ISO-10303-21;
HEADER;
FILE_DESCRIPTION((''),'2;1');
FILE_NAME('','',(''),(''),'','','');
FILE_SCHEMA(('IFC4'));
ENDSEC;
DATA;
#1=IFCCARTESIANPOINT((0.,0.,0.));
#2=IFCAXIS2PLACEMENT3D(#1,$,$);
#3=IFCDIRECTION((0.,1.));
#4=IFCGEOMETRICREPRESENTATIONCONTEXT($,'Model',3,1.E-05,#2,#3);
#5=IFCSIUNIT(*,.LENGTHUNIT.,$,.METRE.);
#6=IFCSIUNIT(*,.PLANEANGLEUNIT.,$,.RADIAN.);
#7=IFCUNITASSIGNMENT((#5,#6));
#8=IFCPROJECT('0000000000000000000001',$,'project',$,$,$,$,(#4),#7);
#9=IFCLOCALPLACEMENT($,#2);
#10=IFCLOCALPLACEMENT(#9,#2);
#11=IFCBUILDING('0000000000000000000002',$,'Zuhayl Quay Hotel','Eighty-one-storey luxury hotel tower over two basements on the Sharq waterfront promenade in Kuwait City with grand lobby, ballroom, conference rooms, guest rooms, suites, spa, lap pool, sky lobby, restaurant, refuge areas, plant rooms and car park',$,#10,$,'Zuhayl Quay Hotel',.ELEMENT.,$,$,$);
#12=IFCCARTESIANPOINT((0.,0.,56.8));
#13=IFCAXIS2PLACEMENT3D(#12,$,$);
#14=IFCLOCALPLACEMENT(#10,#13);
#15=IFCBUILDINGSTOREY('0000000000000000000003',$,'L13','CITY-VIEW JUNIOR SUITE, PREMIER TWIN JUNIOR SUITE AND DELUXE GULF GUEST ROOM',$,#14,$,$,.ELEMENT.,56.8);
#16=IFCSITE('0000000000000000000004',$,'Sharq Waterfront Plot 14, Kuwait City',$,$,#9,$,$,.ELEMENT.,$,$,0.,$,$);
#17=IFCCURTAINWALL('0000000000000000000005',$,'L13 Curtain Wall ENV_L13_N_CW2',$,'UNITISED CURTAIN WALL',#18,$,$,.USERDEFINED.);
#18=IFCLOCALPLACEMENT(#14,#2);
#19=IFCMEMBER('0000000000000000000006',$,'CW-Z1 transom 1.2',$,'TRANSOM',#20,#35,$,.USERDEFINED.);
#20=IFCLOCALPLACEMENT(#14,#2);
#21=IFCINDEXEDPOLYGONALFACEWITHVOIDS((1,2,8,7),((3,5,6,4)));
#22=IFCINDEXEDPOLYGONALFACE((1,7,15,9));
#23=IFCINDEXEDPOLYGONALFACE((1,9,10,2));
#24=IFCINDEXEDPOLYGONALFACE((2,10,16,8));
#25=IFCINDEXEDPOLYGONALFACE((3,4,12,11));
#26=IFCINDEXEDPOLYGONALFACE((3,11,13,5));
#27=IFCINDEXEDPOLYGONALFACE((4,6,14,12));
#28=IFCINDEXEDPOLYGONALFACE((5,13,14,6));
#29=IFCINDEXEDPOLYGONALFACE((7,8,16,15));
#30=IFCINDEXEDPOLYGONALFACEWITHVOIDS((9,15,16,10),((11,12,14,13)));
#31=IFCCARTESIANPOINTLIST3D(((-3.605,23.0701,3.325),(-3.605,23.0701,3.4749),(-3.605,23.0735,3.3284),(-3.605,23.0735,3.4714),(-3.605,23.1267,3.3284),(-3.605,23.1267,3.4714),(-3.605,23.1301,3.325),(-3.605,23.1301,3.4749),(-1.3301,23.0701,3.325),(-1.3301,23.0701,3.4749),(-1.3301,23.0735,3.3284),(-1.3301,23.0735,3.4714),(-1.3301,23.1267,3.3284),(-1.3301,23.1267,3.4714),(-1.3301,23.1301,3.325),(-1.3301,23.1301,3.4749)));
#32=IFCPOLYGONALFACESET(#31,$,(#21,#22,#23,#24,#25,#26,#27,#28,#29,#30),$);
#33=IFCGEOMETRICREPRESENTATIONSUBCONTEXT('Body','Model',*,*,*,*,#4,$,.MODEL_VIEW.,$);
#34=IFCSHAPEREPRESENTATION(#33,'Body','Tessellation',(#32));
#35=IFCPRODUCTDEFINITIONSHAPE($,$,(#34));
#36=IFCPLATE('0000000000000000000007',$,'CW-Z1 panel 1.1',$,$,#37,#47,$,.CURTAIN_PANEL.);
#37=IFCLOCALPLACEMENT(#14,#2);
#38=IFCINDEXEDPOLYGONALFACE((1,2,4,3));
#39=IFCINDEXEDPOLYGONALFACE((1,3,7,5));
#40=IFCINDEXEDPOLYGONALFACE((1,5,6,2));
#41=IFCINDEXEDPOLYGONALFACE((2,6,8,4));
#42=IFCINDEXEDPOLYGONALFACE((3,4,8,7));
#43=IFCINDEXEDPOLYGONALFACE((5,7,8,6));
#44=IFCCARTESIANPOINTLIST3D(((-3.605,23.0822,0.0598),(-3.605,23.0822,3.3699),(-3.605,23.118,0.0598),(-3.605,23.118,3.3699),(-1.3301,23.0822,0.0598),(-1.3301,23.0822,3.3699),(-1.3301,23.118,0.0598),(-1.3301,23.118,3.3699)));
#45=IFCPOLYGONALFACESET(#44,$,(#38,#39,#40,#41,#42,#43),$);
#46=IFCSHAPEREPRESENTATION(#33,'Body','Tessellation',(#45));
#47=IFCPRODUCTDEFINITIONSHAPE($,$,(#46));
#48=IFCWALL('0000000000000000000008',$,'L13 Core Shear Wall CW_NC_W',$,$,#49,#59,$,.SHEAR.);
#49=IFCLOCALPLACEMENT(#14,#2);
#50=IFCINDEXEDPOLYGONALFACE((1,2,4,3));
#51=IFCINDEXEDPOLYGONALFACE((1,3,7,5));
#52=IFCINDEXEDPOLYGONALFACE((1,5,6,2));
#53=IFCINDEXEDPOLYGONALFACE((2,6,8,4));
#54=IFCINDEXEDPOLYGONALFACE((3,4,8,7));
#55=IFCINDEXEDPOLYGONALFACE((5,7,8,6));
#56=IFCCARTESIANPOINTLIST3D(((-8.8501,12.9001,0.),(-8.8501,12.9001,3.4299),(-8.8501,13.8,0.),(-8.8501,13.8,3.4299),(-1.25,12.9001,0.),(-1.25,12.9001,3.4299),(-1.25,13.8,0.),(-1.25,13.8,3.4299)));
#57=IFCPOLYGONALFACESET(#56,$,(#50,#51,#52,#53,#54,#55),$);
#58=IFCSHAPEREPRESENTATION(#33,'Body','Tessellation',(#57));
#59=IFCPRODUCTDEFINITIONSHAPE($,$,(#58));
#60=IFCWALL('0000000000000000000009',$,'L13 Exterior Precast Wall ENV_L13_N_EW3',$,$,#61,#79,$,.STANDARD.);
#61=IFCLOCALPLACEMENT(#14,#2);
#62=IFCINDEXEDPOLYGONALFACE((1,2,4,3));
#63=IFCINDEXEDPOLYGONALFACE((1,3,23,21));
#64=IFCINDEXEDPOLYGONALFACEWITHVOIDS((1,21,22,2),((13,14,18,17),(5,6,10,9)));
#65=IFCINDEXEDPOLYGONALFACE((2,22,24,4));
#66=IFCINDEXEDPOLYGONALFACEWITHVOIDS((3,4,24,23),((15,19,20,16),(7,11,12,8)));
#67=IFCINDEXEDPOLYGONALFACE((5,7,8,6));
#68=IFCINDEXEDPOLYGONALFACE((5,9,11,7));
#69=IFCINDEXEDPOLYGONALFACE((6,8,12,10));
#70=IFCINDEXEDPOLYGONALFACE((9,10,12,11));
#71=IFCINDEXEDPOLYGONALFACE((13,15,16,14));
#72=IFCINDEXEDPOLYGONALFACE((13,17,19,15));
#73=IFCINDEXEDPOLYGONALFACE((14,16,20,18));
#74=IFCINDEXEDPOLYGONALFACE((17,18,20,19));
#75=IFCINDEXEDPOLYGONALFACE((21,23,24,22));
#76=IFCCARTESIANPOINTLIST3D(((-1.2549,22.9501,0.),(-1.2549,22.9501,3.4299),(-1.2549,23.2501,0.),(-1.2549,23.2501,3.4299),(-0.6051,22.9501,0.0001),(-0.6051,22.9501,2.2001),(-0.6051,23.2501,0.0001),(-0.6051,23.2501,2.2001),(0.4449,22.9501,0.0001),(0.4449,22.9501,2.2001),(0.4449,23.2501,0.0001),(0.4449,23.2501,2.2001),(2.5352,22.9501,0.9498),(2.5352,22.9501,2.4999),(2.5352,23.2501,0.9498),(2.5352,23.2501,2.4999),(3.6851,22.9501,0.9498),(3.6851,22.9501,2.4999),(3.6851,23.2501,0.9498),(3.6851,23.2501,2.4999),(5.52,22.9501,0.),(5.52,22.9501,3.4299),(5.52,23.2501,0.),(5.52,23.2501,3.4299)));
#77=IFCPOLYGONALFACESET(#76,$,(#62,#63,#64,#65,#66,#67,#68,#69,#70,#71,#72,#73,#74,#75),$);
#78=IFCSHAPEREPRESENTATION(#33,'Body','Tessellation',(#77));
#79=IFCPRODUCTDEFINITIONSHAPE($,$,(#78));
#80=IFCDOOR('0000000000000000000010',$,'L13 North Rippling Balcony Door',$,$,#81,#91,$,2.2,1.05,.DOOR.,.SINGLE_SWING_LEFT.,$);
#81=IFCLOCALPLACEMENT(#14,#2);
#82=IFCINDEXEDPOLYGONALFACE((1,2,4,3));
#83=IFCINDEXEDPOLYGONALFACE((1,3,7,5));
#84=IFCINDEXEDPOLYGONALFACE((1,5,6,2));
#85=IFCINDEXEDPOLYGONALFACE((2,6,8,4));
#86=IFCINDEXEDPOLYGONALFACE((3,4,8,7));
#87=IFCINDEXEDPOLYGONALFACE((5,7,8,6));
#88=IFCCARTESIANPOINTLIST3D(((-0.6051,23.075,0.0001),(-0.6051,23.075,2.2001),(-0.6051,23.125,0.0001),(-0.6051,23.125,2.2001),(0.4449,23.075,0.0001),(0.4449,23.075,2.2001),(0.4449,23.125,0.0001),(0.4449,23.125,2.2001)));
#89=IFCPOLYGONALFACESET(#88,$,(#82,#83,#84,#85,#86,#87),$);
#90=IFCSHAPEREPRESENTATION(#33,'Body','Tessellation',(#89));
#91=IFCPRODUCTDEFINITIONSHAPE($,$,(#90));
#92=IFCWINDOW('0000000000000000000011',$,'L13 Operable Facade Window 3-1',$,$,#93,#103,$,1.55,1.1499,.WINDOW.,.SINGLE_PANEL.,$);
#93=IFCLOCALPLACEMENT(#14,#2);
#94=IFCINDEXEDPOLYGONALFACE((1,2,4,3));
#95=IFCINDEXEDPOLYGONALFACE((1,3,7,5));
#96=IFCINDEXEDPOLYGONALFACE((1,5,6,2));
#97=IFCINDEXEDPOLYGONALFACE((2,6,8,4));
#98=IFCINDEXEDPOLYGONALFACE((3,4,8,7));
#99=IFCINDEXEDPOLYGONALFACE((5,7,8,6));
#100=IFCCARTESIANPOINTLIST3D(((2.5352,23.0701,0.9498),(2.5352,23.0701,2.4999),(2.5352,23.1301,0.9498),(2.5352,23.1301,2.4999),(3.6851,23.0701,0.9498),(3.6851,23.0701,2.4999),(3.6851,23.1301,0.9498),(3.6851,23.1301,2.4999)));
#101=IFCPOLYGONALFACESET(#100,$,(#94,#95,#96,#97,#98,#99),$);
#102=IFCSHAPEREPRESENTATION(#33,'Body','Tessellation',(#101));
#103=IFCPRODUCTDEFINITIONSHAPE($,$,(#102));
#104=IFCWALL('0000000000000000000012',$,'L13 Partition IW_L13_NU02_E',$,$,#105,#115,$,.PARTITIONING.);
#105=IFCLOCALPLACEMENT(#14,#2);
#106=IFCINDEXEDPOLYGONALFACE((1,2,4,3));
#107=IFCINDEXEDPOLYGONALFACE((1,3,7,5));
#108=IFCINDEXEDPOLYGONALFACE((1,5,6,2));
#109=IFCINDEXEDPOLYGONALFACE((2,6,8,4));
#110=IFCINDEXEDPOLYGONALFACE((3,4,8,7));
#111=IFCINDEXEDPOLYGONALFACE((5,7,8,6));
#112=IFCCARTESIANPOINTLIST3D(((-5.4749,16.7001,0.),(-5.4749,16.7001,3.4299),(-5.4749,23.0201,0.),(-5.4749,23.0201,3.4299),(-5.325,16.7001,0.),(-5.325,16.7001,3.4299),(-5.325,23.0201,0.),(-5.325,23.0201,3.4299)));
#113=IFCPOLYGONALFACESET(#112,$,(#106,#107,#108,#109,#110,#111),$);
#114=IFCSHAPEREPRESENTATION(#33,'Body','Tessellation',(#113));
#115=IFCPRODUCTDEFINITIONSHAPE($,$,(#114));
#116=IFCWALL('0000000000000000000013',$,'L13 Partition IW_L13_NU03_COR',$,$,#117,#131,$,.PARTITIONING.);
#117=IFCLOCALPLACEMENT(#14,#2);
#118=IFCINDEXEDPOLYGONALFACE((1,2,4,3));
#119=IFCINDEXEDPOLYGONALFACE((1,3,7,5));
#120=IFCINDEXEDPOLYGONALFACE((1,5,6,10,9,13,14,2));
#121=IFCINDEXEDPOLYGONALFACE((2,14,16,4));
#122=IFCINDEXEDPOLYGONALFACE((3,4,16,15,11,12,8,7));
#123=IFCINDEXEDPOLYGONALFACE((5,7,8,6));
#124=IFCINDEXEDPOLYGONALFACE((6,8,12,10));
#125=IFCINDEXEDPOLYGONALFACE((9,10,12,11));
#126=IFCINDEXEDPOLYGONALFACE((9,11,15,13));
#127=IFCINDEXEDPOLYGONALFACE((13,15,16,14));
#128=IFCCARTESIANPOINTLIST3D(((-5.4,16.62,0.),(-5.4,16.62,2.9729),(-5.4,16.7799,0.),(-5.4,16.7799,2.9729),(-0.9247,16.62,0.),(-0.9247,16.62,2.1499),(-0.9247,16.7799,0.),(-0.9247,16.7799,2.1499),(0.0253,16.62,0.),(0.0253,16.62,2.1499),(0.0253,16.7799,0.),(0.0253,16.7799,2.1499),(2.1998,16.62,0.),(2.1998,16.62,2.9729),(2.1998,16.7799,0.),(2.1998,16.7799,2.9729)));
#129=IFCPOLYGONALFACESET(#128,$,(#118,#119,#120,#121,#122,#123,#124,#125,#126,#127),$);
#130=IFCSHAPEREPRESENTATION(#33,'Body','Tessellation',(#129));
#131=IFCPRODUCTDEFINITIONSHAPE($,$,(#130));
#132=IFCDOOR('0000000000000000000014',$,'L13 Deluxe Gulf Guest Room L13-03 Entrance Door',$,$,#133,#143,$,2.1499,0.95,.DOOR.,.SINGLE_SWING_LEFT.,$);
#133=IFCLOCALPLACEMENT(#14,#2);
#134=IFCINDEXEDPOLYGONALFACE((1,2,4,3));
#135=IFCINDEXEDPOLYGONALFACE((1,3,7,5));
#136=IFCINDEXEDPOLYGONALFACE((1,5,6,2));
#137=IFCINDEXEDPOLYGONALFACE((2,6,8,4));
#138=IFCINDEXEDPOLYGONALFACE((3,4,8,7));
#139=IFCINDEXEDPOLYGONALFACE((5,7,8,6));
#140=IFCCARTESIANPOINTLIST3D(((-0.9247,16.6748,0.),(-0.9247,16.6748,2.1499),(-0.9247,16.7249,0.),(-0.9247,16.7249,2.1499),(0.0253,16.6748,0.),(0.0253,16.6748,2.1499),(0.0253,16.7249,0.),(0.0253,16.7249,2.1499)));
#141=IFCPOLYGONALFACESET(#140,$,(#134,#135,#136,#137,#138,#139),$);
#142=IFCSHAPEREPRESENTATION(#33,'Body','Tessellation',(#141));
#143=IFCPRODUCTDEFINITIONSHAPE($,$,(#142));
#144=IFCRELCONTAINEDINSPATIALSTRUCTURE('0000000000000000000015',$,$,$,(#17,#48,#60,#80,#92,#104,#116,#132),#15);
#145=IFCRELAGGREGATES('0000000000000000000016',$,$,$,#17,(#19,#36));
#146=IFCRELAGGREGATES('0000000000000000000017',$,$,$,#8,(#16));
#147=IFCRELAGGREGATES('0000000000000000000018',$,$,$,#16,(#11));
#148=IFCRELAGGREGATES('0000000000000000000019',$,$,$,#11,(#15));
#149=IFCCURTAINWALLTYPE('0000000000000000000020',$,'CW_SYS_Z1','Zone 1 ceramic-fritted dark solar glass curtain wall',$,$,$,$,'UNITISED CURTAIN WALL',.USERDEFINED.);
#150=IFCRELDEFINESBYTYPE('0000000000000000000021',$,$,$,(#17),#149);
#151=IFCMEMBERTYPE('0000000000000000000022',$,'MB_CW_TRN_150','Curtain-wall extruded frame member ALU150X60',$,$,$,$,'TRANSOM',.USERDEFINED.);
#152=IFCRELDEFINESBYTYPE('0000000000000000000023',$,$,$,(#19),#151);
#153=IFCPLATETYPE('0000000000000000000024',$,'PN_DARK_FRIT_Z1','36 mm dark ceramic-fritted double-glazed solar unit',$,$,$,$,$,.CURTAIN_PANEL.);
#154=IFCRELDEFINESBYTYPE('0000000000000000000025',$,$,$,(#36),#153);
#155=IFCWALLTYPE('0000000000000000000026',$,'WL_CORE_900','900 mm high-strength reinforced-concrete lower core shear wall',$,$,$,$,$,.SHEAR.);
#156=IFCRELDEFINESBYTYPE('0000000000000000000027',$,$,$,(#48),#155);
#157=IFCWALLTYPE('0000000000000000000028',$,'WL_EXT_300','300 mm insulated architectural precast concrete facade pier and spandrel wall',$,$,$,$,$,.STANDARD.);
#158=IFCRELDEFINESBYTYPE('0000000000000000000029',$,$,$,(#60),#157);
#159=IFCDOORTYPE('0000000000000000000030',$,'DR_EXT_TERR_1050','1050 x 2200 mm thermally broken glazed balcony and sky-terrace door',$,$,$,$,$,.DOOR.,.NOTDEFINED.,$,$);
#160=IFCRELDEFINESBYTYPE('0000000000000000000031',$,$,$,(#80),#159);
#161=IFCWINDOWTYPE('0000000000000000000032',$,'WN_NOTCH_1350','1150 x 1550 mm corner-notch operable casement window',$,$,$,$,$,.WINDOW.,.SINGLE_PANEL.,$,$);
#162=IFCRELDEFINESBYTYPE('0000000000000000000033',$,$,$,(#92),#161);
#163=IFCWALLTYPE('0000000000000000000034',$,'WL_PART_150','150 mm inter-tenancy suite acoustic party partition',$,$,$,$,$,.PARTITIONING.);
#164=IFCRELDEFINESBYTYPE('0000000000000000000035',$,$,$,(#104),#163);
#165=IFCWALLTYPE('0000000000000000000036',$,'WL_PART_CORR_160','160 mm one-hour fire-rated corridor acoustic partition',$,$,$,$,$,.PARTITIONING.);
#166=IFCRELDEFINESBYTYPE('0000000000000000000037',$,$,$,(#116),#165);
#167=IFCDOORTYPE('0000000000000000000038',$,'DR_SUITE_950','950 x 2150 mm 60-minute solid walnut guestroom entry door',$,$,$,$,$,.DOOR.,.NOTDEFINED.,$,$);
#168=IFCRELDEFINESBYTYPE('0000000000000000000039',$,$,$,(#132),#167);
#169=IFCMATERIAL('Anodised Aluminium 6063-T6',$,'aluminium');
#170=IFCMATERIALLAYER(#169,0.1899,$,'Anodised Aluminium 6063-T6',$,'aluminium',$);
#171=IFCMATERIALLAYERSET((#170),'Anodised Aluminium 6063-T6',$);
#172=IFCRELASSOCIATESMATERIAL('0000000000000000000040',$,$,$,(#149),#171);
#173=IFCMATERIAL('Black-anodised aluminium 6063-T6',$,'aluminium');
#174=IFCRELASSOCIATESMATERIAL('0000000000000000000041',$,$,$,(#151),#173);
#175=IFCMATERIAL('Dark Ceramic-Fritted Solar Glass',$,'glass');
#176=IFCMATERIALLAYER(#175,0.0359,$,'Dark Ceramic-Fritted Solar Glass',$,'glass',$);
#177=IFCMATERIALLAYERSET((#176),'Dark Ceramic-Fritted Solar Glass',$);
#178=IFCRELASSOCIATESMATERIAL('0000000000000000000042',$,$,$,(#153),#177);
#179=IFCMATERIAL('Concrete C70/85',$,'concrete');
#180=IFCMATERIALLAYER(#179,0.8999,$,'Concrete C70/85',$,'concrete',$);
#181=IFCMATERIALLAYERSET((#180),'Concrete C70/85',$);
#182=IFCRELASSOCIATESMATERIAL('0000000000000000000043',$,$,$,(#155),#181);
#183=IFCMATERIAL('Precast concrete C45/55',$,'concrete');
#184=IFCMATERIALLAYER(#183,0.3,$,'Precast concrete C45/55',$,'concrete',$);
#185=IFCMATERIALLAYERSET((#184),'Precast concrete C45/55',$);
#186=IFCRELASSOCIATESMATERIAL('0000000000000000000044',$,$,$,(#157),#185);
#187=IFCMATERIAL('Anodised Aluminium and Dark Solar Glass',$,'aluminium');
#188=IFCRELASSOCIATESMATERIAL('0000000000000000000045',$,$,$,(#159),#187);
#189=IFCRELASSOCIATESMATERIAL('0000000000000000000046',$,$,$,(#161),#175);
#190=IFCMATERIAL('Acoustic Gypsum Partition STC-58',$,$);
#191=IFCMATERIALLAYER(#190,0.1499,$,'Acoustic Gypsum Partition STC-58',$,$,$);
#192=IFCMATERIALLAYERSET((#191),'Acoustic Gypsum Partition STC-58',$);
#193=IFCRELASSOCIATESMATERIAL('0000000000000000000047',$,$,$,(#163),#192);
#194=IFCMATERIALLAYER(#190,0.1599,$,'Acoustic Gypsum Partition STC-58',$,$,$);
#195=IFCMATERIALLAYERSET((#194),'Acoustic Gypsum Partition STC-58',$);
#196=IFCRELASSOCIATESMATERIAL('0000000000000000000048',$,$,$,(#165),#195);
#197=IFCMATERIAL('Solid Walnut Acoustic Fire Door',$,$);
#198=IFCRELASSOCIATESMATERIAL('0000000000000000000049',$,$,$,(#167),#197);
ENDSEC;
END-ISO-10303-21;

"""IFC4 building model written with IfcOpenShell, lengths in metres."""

from ifc_helpers import new_model, si_unit, direction, frame, frame_2d, origin, origin_2d, place, context, subcontext, project, spatial, rectangle, hollow_rectangle, extrude, material, layer, layer_set, material_profile, profile_set, type_object, element, fill, aggregate, save


model = new_model("IFC4")

# Units and contexts
model_context = context("Model", 3, precision=1e-05, world=origin(), true_north=direction((0.0, 1.0)))
body_context = subcontext(model_context, "Body", "Model", "MODEL_VIEW")
ifc_project = project(units=[si_unit("LENGTHUNIT", "METRE"), si_unit("PLANEANGLEUNIT", "RADIAN")], contexts=[model_context])

# Site, building, storey
site_placement = place(None, origin())
site = spatial("IfcSite", under=ifc_project, at=site_placement, Name="Sharq Waterfront Plot 14, Kuwait City", CompositionType="ELEMENT", RefElevation=0.0)
building_placement = place(site_placement, origin())
building = spatial("IfcBuilding", under=site, at=building_placement, Name="Zuhayl Quay Hotel", Description="Eighty-one-storey luxury hotel tower over two basements on the Sharq waterfront promenade in Kuwait City with grand lobby, ballroom, conference rooms, guest rooms, suites, spa, lap pool, sky lobby, restaurant, refuge areas, plant rooms and car park", LongName="Zuhayl Quay Hotel", CompositionType="ELEMENT")
storey_placement = place(building_placement, frame((0.0, 0.0, 56.8)))
storey = spatial("IfcBuildingStorey", under=building, at=storey_placement, Name="L13", Description="CITY-VIEW JUNIOR SUITE, PREMIER TWIN JUNIOR SUITE AND DELUXE GULF GUEST ROOM", CompositionType="ELEMENT", Elevation=56.8)

# Shared definitions
ifc_material_1 = material(Name="Concrete C70/85", Category="concrete")

# Curtain wall, member, plate
ifc_material_2 = material(Name="Anodised Aluminium 6063-T6", Category="aluminium")
ifc_layer_1 = layer(ifc_material_2, 0.1899, Name="Anodised Aluminium 6063-T6", Category="aluminium")
ifc_layer_set_1 = layer_set([ifc_layer_1], Name="Anodised Aluminium 6063-T6")
curtain_wall_type = type_object("IfcCurtainWallType", Name="CW_SYS_Z1", Description="Zone 1 ceramic-fritted dark solar glass curtain wall", ElementType="UNITISED CURTAIN WALL", PredefinedType="USERDEFINED", material=ifc_layer_set_1)
curtain_wall_placement = place(storey_placement, origin())
curtain_wall = element("IfcCurtainWall", 1, at=curtain_wall_placement, inside=storey, type_object=curtain_wall_type, Name="L13 Curtain Wall ENV_L13_N_CW2", ObjectType="UNITISED CURTAIN WALL", PredefinedType="USERDEFINED")
ifc_material_3 = material(Name="Black-anodised aluminium 6063-T6", Category="aluminium")
ifc_material_profile_1 = material_profile(ifc_material_3, hollow_rectangle(XDim=0.0601, YDim=0.1499, WallThickness=0.0034, at=origin_2d()), Name="ALU150X60")
ifc_profile_set_1 = profile_set([ifc_material_profile_1], Name="Black-anodised aluminium 6063-T6")
member_type_1 = type_object("IfcMemberType", Name="MB_CW_TRN_150", Description="Curtain-wall extruded frame member ALU150X60", ElementType="TRANSOM", PredefinedType="USERDEFINED", material=ifc_profile_set_1)
member_1_placement = place(storey_placement, frame((-3.605, 23.1001, 3.3999), z_axis=(1.0, 0.0, 0.0), x_axis=(0.0, 1.0, 0.0)))
member_1 = element("IfcMember", 2, at=member_1_placement, type_object=member_type_1, Name="CW-Z1 transom 1.2", ObjectType="TRANSOM", PredefinedType="USERDEFINED", context=body_context, shape_type="SweptSolid", body=[
    extrude(hollow_rectangle(XDim=0.0601, YDim=0.1499, WallThickness=0.0034, at=origin_2d()), origin(), (0.0, 0.0, 1.0), 2.2749),
])
ifc_material_4 = material(Name="Dark Ceramic-Fritted Solar Glass", Category="glass")
ifc_layer_2 = layer(ifc_material_4, 0.0359, Name="Dark Ceramic-Fritted Solar Glass", Category="glass")
ifc_layer_set_2 = layer_set([ifc_layer_2], Name="Dark Ceramic-Fritted Solar Glass")
plate_type = type_object("IfcPlateType", Name="PN_DARK_FRIT_Z1", Description="36 mm dark ceramic-fritted double-glazed solar unit", PredefinedType="CURTAIN_PANEL", material=ifc_layer_set_2)
plate_placement = place(storey_placement, frame((-2.4675, 23.1001, 0.0598), z_axis=(0.0, 0.0, 1.0), x_axis=(1.0, 0.0, 0.0)))
plate = element("IfcPlate", 3, at=plate_placement, type_object=plate_type, Name="CW-Z1 panel 1.1", PredefinedType="CURTAIN_PANEL", context=body_context, shape_type="SweptSolid", body=[
    extrude(rectangle(XDim=2.2749, YDim=0.0359, at=origin_2d()), origin(), (0.0, 0.0, 1.0), 3.3101),
])
aggregate(curtain_wall, [member_1, plate])

# Wall
ifc_layer_3 = layer(ifc_material_1, 0.8999, Name="Concrete C70/85", Category="concrete")
ifc_layer_set_3 = layer_set([ifc_layer_3], Name="Concrete C70/85")
wall_type_1 = type_object("IfcWallType", Name="WL_CORE_900", Description="900 mm high-strength reinforced-concrete lower core shear wall", PredefinedType="SHEAR", material=ifc_layer_set_3)
wall_1_placement = place(storey_placement, frame((-8.8501, 13.3501, 0.0), z_axis=(0.0, 0.0, 1.0), x_axis=(1.0, 0.0, 0.0)))
element("IfcWall", 4, at=wall_1_placement, inside=storey, type_object=wall_type_1, Name="L13 Core Shear Wall CW_NC_W", PredefinedType="SHEAR", context=body_context, shape_type="SweptSolid", body=[
    extrude(rectangle(XDim=7.6001, YDim=0.8999, at=frame_2d((3.8, 0.0))), origin(), (0.0, 0.0, 1.0), 3.4299),
])

# Wall, openings, door, window
ifc_material_5 = material(Name="Precast concrete C45/55", Category="concrete")
ifc_layer_4 = layer(ifc_material_5, 0.3, Name="Precast concrete C45/55", Category="concrete")
ifc_layer_set_4 = layer_set([ifc_layer_4], Name="Precast concrete C45/55")
wall_type_2 = type_object("IfcWallType", Name="WL_EXT_300", Description="300 mm insulated architectural precast concrete facade pier and spandrel wall", PredefinedType="STANDARD", material=ifc_layer_set_4)
wall_2_placement = place(storey_placement, frame((-1.2549, 23.1001, 0.0), z_axis=(0.0, 0.0, 1.0), x_axis=(1.0, 0.0, 0.0)))
wall_2 = element("IfcWall", 5, at=wall_2_placement, inside=storey, type_object=wall_type_2, Name="L13 Exterior Precast Wall ENV_L13_N_EW3", PredefinedType="STANDARD", context=body_context, shape_type="SweptSolid", body=[
    extrude(rectangle(XDim=6.7749, YDim=0.3, at=frame_2d((3.3875, 0.0))), origin(), (0.0, 0.0, 1.0), 3.4299),
])
opening_1_placement = place(wall_2_placement, frame((0.6499, 0.0, 0.0)))
opening_1 = element("IfcOpeningElement", 6, at=opening_1_placement, cuts=wall_2, PredefinedType="OPENING", context=body_context, shape_type="SweptSolid", body=[
    extrude(rectangle(XDim=1.05, YDim=2.2, at=frame_2d((0.5249, 1.1001))), frame((0.0, 0.1599, 0.0), z_axis=(0.0, -1.0, 0.0), x_axis=(1.0, 0.0, 0.0)), (0.0, 0.0, 1.0), 0.3201),
])
opening_2_placement = place(wall_2_placement, frame((3.79, 0.0, 0.95)))
opening_2 = element("IfcOpeningElement", 7, at=opening_2_placement, cuts=wall_2, PredefinedType="OPENING", context=body_context, shape_type="SweptSolid", body=[
    extrude(rectangle(XDim=1.1499, YDim=1.55, at=frame_2d((0.575, 0.7749))), frame((0.0, 0.1599, 0.0), z_axis=(0.0, -1.0, 0.0), x_axis=(1.0, 0.0, 0.0)), (0.0, 0.0, 1.0), 0.3201),
])
ifc_material_6 = material(Name="Anodised Aluminium and Dark Solar Glass", Category="aluminium")
door_type_1 = type_object("IfcDoorType", Name="DR_EXT_TERR_1050", Description="1050 x 2200 mm thermally broken glazed balcony and sky-terrace door", OperationType="NOTDEFINED", PredefinedType="DOOR", material=ifc_material_6)
door_1_placement = place(opening_1_placement, origin())
door_1 = element("IfcDoor", 8, at=door_1_placement, inside=storey, type_object=door_type_1, Name="L13 North Rippling Balcony Door", OperationType="SINGLE_SWING_LEFT", OverallHeight=2.2, OverallWidth=1.05, PredefinedType="DOOR", context=body_context, shape_type="SweptSolid", body=[
    extrude(rectangle(XDim=1.05, YDim=2.2, at=frame_2d((0.5249, 1.1001))), frame((0.0, 0.0249, 0.0), z_axis=(0.0, -1.0, 0.0), x_axis=(1.0, 0.0, 0.0)), (0.0, 0.0, 1.0), 0.05),
])
fill(opening_1, door_1)
window_type = type_object("IfcWindowType", Name="WN_NOTCH_1350", Description="1150 x 1550 mm corner-notch operable casement window", PartitioningType="SINGLE_PANEL", PredefinedType="WINDOW", material=ifc_material_4)
window_placement = place(opening_2_placement, origin())
window = element("IfcWindow", 9, at=window_placement, inside=storey, type_object=window_type, Name="L13 Operable Facade Window 3-1", OverallHeight=1.55, OverallWidth=1.1499, PartitioningType="SINGLE_PANEL", PredefinedType="WINDOW", context=body_context, shape_type="SweptSolid", body=[
    extrude(rectangle(XDim=1.1499, YDim=1.55, at=frame_2d((0.575, 0.7749))), frame((0.0, 0.03, 0.0), z_axis=(0.0, -1.0, 0.0), x_axis=(1.0, 0.0, 0.0)), (0.0, 0.0, 1.0), 0.0601),
])
fill(opening_2, window)

# Wall
ifc_material_7 = material(Name="Acoustic Gypsum Partition STC-58")
ifc_layer_5 = layer(ifc_material_7, 0.1499, Name="Acoustic Gypsum Partition STC-58")
ifc_layer_set_5 = layer_set([ifc_layer_5], Name="Acoustic Gypsum Partition STC-58")
wall_type_3 = type_object("IfcWallType", Name="WL_PART_150", Description="150 mm inter-tenancy suite acoustic party partition", PredefinedType="PARTITIONING", material=ifc_layer_set_5)
wall_3_placement = place(storey_placement, frame((-5.3999, 16.7, 0.0), z_axis=(0.0, 0.0, 1.0), x_axis=(0.0, 1.0, 0.0)))
element("IfcWall", 10, at=wall_3_placement, inside=storey, type_object=wall_type_3, Name="L13 Partition IW_L13_NU02_E", PredefinedType="PARTITIONING", context=body_context, shape_type="SweptSolid", body=[
    extrude(rectangle(XDim=6.3201, YDim=0.1499, at=frame_2d((3.1602, 0.0))), origin(), (0.0, 0.0, 1.0), 3.4299),
])

# Wall, opening, door
ifc_layer_6 = layer(ifc_material_7, 0.1599, Name="Acoustic Gypsum Partition STC-58")
ifc_layer_set_6 = layer_set([ifc_layer_6], Name="Acoustic Gypsum Partition STC-58")
wall_type_4 = type_object("IfcWallType", Name="WL_PART_CORR_160", Description="160 mm one-hour fire-rated corridor acoustic partition", PredefinedType="PARTITIONING", material=ifc_layer_set_6)
wall_4_placement = place(storey_placement, frame((-5.3999, 16.7, 0.0), z_axis=(0.0, 0.0, 1.0), x_axis=(1.0, 0.0, 0.0)))
wall_4 = element("IfcWall", 11, at=wall_4_placement, inside=storey, type_object=wall_type_4, Name="L13 Partition IW_L13_NU03_COR", PredefinedType="PARTITIONING", context=body_context, shape_type="SweptSolid", body=[
    extrude(rectangle(XDim=7.5999, YDim=0.1599, at=frame_2d((3.7998, 0.0))), origin(), (0.0, 0.0, 1.0), 2.9729),
])
opening_3_placement = place(wall_4_placement, frame((4.4751, 0.0, 0.0)))
opening_3 = element("IfcOpeningElement", 12, at=opening_3_placement, cuts=wall_4, PredefinedType="OPENING", context=body_context, shape_type="SweptSolid", body=[
    extrude(rectangle(XDim=0.95, YDim=2.1499, at=frame_2d((0.4751, 1.075))), frame((0.0, 0.0898, 0.0), z_axis=(0.0, -1.0, 0.0), x_axis=(1.0, 0.0, 0.0)), (0.0, 0.0, 1.0), 0.1799),
])
ifc_material_8 = material(Name="Solid Walnut Acoustic Fire Door")
door_type_2 = type_object("IfcDoorType", Name="DR_SUITE_950", Description="950 x 2150 mm 60-minute solid walnut guestroom entry door", OperationType="NOTDEFINED", PredefinedType="DOOR", material=ifc_material_8)
door_2_placement = place(opening_3_placement, origin())
door_2 = element("IfcDoor", 13, at=door_2_placement, inside=storey, type_object=door_type_2, Name="L13 Deluxe Gulf Guest Room L13-03 Entrance Door", OperationType="SINGLE_SWING_LEFT", OverallHeight=2.1499, OverallWidth=0.95, PredefinedType="DOOR", context=body_context, shape_type="SweptSolid", body=[
    extrude(rectangle(XDim=0.95, YDim=2.1499, at=frame_2d((0.4751, 1.075))), frame((0.0, 0.0249, 0.0), z_axis=(0.0, -1.0, 0.0), x_axis=(1.0, 0.0, 0.0)), (0.0, 0.0, 1.0), 0.05),
])
fill(opening_3, door_2)

save(model, "model.ifc")
